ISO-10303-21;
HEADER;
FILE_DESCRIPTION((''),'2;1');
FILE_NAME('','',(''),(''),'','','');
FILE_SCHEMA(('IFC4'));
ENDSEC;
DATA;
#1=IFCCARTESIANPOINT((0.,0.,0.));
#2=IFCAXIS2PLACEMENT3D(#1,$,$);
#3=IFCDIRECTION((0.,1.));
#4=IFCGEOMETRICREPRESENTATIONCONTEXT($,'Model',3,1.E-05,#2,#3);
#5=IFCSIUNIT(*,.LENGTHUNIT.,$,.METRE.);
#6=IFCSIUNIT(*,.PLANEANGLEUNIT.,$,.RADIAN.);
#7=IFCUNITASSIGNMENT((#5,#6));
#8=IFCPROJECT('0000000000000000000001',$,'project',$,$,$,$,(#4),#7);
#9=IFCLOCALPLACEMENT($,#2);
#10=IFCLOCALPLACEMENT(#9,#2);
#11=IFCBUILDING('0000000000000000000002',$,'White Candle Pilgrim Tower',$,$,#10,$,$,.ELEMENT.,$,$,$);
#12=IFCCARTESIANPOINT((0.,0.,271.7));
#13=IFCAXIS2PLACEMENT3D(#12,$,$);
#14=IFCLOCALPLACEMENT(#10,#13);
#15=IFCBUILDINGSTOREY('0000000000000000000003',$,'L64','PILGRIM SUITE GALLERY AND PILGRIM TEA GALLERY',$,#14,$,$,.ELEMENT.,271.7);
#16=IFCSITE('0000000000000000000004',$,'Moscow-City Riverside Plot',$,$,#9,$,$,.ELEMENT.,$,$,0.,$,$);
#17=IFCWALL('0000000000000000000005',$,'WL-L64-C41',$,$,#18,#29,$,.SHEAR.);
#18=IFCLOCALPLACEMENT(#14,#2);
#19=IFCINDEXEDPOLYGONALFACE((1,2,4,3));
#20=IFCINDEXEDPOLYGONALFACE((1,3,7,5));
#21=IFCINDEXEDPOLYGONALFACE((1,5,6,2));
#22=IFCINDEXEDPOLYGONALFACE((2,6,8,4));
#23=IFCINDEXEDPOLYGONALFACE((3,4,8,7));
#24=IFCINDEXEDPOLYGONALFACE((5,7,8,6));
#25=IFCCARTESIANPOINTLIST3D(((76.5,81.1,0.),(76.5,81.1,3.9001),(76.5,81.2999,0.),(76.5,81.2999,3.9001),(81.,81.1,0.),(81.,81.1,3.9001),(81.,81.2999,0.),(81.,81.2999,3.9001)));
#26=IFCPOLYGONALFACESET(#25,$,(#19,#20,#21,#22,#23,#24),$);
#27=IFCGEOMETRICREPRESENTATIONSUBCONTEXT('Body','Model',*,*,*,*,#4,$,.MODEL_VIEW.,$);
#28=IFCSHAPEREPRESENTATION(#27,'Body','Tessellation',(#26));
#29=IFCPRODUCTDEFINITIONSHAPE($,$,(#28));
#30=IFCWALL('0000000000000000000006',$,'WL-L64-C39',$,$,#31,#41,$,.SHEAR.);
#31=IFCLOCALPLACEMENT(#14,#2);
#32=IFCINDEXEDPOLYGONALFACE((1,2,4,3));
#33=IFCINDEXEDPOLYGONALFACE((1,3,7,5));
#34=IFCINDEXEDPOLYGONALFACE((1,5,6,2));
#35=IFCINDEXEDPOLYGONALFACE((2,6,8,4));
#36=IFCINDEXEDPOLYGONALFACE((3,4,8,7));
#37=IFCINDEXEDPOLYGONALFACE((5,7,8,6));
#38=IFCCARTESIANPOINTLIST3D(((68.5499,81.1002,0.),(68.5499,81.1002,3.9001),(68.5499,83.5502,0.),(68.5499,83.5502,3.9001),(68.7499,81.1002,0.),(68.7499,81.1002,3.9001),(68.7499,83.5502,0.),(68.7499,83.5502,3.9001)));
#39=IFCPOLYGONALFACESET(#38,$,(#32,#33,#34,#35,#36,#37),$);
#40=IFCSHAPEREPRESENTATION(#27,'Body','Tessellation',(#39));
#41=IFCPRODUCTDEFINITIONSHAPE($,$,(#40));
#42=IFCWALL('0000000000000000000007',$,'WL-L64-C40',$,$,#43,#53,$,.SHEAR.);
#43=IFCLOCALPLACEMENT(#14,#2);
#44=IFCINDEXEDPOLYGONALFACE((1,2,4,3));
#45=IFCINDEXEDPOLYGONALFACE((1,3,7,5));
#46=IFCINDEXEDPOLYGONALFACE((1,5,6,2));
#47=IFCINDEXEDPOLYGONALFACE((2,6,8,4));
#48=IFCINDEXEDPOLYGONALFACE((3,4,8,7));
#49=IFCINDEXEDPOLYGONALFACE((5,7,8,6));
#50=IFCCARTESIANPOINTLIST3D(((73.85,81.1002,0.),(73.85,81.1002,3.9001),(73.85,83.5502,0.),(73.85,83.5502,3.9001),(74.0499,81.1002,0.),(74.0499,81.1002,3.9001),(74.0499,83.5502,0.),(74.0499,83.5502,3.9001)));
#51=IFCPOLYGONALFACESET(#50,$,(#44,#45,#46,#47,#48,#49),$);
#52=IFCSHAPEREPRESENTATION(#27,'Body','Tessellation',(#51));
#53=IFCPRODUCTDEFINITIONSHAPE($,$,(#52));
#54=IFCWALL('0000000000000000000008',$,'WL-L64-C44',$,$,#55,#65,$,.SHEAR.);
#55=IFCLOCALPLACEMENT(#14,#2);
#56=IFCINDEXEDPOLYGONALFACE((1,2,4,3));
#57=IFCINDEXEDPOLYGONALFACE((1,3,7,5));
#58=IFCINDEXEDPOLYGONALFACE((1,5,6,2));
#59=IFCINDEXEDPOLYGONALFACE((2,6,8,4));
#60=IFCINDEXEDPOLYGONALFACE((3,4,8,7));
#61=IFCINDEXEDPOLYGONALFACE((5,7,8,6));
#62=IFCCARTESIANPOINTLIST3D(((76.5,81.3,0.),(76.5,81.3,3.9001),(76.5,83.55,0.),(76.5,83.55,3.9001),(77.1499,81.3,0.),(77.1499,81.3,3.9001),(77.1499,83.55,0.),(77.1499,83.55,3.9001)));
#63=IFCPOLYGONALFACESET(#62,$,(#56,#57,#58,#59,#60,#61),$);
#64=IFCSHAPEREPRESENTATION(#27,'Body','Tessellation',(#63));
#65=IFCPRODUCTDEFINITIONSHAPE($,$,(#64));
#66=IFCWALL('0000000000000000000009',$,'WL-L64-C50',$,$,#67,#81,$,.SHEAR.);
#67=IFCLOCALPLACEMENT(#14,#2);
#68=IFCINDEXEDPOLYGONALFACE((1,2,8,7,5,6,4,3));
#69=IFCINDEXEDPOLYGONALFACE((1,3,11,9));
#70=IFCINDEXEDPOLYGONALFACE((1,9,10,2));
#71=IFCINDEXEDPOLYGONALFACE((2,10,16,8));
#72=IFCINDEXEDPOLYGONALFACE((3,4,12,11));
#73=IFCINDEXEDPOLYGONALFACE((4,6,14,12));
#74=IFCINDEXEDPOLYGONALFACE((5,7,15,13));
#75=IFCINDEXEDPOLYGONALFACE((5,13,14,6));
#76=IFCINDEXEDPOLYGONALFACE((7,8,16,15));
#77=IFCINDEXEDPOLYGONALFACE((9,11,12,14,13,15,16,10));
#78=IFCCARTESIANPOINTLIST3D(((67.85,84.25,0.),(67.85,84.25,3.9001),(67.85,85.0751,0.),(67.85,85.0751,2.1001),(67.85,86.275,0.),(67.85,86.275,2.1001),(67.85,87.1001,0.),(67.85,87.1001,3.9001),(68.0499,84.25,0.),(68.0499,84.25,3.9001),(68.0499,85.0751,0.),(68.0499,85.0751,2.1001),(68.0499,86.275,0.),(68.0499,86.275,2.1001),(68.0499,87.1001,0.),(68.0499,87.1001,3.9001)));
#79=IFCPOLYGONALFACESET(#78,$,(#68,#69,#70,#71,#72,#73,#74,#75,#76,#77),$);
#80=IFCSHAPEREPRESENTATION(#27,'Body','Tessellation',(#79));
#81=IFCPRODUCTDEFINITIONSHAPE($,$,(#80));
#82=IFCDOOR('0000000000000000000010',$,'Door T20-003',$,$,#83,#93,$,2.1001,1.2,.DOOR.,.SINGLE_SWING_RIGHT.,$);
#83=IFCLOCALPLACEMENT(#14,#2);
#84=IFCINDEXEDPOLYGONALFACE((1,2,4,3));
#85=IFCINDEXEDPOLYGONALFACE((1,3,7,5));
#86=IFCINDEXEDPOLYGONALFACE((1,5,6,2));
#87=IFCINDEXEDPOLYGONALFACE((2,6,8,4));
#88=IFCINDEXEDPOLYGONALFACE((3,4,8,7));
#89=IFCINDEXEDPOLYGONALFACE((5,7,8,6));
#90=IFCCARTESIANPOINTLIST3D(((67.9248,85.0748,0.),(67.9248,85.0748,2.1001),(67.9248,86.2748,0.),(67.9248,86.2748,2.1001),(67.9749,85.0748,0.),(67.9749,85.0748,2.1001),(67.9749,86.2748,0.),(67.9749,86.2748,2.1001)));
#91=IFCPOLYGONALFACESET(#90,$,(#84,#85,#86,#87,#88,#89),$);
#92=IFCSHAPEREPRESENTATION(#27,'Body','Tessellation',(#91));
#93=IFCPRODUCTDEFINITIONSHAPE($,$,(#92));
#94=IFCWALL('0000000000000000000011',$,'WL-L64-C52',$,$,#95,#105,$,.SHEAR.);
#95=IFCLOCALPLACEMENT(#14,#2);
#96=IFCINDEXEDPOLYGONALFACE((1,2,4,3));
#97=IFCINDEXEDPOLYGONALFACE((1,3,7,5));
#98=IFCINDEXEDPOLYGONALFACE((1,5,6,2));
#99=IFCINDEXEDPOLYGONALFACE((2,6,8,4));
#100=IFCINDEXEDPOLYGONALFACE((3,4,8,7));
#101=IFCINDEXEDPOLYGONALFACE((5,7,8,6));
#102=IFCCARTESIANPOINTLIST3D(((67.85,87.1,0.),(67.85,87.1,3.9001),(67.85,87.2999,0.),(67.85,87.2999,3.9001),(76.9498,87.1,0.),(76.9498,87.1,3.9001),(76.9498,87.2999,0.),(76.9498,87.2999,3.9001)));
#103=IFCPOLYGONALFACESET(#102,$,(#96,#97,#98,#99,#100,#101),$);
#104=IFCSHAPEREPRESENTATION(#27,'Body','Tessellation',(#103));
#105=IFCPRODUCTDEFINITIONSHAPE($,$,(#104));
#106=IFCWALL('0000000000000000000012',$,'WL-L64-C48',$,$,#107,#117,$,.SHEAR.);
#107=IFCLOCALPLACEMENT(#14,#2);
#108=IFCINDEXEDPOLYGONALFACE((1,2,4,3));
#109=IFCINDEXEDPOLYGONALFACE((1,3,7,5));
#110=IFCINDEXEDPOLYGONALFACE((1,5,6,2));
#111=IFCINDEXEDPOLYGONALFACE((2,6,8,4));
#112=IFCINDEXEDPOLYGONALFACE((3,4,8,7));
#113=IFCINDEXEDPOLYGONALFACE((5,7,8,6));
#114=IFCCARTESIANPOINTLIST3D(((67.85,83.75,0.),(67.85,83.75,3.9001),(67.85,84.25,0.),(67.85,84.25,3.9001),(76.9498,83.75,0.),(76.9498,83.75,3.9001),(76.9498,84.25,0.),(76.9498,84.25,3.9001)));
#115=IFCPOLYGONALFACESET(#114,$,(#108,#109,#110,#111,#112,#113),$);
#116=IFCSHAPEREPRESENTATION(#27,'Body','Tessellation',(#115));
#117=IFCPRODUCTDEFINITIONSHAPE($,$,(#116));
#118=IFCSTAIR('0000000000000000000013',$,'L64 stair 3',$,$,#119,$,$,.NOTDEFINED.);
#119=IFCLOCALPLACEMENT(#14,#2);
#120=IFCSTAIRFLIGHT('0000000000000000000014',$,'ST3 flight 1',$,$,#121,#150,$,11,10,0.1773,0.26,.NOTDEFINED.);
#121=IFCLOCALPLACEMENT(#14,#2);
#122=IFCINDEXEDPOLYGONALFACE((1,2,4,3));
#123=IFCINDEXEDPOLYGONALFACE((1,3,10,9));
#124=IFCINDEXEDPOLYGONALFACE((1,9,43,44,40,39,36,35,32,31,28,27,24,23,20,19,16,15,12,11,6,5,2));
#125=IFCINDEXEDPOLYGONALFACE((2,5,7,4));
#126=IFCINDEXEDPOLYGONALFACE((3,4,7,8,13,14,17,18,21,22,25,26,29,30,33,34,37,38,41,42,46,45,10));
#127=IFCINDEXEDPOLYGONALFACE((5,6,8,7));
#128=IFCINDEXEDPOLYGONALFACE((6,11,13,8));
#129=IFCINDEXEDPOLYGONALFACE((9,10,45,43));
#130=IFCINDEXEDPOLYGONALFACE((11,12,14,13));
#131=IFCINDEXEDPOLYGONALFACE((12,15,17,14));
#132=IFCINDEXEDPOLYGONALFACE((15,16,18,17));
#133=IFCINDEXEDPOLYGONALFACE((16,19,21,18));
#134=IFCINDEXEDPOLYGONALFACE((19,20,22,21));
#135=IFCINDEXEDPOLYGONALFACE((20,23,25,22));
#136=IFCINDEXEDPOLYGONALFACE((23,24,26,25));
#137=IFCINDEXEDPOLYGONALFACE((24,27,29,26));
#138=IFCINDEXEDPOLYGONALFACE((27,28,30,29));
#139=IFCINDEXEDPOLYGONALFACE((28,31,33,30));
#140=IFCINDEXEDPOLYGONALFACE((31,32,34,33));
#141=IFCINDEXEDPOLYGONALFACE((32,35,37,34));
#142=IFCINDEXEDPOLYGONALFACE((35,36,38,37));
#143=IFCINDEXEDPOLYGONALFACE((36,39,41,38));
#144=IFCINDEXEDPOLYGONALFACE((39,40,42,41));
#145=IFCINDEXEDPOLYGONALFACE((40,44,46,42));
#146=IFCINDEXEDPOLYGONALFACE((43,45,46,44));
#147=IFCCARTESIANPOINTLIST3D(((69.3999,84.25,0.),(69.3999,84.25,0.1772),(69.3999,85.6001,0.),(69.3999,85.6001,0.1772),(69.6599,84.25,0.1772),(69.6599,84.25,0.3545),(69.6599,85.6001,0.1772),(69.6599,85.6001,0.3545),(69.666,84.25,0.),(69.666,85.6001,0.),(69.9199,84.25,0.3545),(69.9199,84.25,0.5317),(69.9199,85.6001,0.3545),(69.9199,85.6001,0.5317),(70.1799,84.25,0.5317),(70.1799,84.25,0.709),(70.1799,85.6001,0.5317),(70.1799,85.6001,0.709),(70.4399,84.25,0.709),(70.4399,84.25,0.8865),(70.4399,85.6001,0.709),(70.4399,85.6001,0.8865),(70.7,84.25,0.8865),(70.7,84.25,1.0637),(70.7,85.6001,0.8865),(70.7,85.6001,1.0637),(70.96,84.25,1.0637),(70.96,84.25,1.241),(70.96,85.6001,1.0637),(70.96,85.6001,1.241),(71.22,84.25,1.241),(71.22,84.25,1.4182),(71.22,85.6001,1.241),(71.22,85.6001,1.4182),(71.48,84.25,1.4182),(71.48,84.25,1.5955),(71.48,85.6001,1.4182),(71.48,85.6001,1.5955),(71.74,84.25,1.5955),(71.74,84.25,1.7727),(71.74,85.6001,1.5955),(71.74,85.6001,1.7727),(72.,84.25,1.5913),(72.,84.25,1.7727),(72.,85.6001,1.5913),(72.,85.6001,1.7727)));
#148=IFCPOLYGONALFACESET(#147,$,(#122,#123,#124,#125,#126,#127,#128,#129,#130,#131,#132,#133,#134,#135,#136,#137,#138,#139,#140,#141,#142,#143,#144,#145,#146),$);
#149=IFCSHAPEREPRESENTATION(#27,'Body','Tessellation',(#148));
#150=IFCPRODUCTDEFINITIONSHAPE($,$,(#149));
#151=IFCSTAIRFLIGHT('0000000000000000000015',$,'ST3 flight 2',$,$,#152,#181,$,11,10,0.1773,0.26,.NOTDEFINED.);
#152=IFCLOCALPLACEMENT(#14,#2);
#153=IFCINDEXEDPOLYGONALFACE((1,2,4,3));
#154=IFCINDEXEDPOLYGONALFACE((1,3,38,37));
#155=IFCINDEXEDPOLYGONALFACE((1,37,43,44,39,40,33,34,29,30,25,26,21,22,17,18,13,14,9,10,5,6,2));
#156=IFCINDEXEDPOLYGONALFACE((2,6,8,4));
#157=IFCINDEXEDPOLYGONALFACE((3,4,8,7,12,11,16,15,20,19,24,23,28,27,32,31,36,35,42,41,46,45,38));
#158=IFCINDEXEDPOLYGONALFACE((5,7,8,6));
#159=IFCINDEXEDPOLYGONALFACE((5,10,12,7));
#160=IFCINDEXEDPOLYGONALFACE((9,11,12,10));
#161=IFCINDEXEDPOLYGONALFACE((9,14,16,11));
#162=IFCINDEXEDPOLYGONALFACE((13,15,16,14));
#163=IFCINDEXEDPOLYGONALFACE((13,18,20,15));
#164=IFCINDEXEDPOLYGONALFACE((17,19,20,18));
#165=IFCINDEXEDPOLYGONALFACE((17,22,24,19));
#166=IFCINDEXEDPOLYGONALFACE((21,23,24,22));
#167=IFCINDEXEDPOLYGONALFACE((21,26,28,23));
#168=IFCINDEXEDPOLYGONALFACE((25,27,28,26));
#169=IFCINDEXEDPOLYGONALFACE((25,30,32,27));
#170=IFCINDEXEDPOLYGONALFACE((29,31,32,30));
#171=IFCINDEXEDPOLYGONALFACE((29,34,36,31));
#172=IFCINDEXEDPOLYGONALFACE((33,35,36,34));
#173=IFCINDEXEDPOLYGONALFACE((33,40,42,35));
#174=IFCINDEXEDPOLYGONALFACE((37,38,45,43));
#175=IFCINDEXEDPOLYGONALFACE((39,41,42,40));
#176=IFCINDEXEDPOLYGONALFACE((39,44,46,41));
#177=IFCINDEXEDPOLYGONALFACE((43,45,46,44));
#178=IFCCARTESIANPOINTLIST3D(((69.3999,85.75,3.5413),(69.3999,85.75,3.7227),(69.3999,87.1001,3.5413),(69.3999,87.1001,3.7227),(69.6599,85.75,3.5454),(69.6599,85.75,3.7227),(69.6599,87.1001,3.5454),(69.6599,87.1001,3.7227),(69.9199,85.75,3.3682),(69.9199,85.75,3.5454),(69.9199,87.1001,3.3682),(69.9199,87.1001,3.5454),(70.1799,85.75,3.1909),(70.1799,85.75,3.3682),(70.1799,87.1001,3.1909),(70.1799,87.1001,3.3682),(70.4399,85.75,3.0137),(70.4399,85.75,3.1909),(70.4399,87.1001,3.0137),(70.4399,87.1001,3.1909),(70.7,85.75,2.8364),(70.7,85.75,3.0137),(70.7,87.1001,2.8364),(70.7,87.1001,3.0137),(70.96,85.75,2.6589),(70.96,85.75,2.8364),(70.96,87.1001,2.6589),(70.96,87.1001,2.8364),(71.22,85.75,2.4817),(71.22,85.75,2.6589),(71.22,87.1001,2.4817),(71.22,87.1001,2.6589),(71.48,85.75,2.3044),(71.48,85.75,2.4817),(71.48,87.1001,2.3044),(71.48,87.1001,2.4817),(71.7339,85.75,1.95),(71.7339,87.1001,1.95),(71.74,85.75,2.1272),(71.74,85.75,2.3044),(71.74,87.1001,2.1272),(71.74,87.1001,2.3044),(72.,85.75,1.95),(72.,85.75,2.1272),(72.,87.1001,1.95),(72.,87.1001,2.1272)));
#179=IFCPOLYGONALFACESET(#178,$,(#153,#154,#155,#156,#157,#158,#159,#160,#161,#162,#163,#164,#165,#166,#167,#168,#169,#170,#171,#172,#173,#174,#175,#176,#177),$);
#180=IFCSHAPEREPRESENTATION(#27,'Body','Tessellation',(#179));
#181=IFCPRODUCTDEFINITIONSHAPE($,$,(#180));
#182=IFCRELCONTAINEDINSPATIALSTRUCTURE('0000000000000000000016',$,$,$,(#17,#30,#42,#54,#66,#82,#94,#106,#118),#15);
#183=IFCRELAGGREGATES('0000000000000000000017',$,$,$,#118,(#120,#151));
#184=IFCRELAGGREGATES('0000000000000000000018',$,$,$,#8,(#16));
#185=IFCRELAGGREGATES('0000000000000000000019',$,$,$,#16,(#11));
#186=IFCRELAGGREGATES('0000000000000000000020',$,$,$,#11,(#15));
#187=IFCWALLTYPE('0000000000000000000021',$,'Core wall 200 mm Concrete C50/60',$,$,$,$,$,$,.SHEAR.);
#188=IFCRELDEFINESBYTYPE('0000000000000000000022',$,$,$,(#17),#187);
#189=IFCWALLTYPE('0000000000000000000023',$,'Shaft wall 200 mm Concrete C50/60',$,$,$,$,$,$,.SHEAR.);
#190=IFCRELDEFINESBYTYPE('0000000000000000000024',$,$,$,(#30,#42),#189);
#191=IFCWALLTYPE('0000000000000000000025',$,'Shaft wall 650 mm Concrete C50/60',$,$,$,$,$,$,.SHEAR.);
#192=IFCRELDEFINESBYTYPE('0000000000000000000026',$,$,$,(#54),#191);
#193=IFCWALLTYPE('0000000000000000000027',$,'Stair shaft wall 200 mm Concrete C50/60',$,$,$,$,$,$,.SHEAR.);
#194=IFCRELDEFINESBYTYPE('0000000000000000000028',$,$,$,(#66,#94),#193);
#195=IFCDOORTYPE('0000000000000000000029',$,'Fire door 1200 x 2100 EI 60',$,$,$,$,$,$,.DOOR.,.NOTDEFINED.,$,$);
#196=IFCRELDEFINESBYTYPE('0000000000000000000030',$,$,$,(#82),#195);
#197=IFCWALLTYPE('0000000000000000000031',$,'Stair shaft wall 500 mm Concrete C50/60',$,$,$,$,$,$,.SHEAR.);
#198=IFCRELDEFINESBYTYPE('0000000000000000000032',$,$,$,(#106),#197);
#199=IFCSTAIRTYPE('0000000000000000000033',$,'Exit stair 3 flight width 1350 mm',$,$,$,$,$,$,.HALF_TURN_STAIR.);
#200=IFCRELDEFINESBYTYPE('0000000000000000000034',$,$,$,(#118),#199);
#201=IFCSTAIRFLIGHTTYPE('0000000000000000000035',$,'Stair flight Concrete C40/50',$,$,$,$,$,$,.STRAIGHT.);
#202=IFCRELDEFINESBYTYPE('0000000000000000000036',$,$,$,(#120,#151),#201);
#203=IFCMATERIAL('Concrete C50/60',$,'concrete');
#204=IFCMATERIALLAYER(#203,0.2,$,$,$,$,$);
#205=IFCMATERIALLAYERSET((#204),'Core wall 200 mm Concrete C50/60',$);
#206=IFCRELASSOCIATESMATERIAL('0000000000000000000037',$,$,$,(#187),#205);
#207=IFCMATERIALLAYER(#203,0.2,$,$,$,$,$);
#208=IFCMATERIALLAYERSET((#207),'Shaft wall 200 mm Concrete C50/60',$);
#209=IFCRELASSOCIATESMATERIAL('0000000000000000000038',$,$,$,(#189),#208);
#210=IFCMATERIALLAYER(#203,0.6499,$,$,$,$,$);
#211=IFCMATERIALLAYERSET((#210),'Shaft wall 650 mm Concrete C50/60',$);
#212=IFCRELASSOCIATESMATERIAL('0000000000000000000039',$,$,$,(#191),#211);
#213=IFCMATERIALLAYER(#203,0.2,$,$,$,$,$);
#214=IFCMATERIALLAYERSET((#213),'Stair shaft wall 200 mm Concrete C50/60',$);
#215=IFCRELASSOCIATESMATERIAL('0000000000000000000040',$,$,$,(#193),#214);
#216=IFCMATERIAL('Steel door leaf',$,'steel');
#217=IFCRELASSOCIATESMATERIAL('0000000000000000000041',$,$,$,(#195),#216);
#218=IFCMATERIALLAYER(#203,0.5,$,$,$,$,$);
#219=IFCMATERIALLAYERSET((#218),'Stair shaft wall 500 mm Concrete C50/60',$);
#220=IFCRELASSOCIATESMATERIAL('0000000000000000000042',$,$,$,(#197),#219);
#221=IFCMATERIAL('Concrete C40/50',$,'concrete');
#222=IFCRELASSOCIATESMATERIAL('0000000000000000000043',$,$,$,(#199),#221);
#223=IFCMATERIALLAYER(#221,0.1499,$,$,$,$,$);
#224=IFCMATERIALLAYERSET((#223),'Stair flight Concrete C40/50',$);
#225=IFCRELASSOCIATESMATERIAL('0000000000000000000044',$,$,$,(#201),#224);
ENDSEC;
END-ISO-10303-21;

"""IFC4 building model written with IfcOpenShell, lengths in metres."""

from ifc_helpers import new_model, si_unit, direction, frame, frame_2d, origin, place, context, subcontext, project, spatial, polyline, rectangle, outline, extrude, material, layer, layer_set, type_object, element, fill, aggregate, save


model = new_model("IFC4")

# Units and contexts
model_context = context("Model", 3, precision=1e-05, world=origin(), true_north=direction((0.0, 1.0)))
body_context = subcontext(model_context, "Body", "Model", "MODEL_VIEW")
ifc_project = project(units=[si_unit("LENGTHUNIT", "METRE"), si_unit("PLANEANGLEUNIT", "RADIAN")], contexts=[model_context])

# Site, building, storey
site_placement = place(None, origin())
site = spatial("IfcSite", under=ifc_project, at=site_placement, Name="Moscow-City Riverside Plot", CompositionType="ELEMENT", RefElevation=0.0)
building_placement = place(site_placement, origin())
building = spatial("IfcBuilding", under=site, at=building_placement, Name="White Candle Pilgrim Tower", CompositionType="ELEMENT")
storey_placement = place(building_placement, frame((0.0, 0.0, 271.7)))
storey = spatial("IfcBuildingStorey", under=building, at=storey_placement, Name="L64", Description="PILGRIM SUITE GALLERY AND PILGRIM TEA GALLERY", CompositionType="ELEMENT", Elevation=271.7)

# Walls
ifc_material_1 = material(Name="Concrete C50/60", Category="concrete")
ifc_layer_1 = layer(ifc_material_1, 0.2)
ifc_layer_set_1 = layer_set([ifc_layer_1], Name="Core wall 200 mm Concrete C50/60")
wall_type_1 = type_object("IfcWallType", Name="Core wall 200 mm Concrete C50/60", PredefinedType="SHEAR", material=ifc_layer_set_1)
wall_1_placement = place(storey_placement, frame((76.5, 81.2, 0.0), z_axis=(0.0, 0.0, 1.0), x_axis=(1.0, 0.0, 0.0)))
element("IfcWall", 1, at=wall_1_placement, inside=storey, type_object=wall_type_1, Name="WL-L64-C41", PredefinedType="SHEAR", context=body_context, shape_type="SweptSolid", body=[
    extrude(rectangle(XDim=4.5, YDim=0.2, at=frame_2d((2.25, 0.0))), origin(), (0.0, 0.0, 1.0), 3.9001),
])
ifc_layer_2 = layer(ifc_material_1, 0.2)
ifc_layer_set_2 = layer_set([ifc_layer_2], Name="Shaft wall 200 mm Concrete C50/60")
wall_type_2 = type_object("IfcWallType", Name="Shaft wall 200 mm Concrete C50/60", PredefinedType="SHEAR", material=ifc_layer_set_2)
for number, where, z_axis, x_axis, name in (
    (2, (68.6499, 81.1001, 0.0), (0.0, 0.0, 1.0), (0.0, 1.0, 0.0), "WL-L64-C39"),
    (3, (73.95, 81.1001, 0.0), (0.0, 0.0, 1.0), (0.0, 1.0, 0.0), "WL-L64-C40"),
):
    element("IfcWall", number, at=place(storey_placement, frame(where, z_axis=z_axis, x_axis=x_axis)), inside=storey, type_object=wall_type_2, Name=name, PredefinedType="SHEAR", context=body_context, shape_type="SweptSolid", body=[
        extrude(rectangle(XDim=2.45, YDim=0.2, at=frame_2d((1.2251, 0.0))), origin(), (0.0, 0.0, 1.0), 3.9001),
    ])
ifc_layer_3 = layer(ifc_material_1, 0.6499)
ifc_layer_set_3 = layer_set([ifc_layer_3], Name="Shaft wall 650 mm Concrete C50/60")
wall_type_3 = type_object("IfcWallType", Name="Shaft wall 650 mm Concrete C50/60", PredefinedType="SHEAR", material=ifc_layer_set_3)
wall_2_placement = place(storey_placement, frame((76.825, 81.3, 0.0), z_axis=(0.0, 0.0, 1.0), x_axis=(0.0, 1.0, 0.0)))
element("IfcWall", 4, at=wall_2_placement, inside=storey, type_object=wall_type_3, Name="WL-L64-C44", PredefinedType="SHEAR", context=body_context, shape_type="SweptSolid", body=[
    extrude(rectangle(XDim=2.25, YDim=0.6499, at=frame_2d((1.125, 0.0))), origin(), (0.0, 0.0, 1.0), 3.9001),
])

# Wall, opening, door
ifc_layer_4 = layer(ifc_material_1, 0.2)
ifc_layer_set_4 = layer_set([ifc_layer_4], Name="Stair shaft wall 200 mm Concrete C50/60")
wall_type_4 = type_object("IfcWallType", Name="Stair shaft wall 200 mm Concrete C50/60", PredefinedType="SHEAR", material=ifc_layer_set_4)
wall_3_placement = place(storey_placement, frame((67.95, 84.25, 0.0), z_axis=(0.0, 0.0, 1.0), x_axis=(0.0, 1.0, 0.0)))
wall_3 = element("IfcWall", 5, at=wall_3_placement, inside=storey, type_object=wall_type_4, Name="WL-L64-C50", PredefinedType="SHEAR", context=body_context, shape_type="SweptSolid", body=[
    extrude(rectangle(XDim=2.8501, YDim=0.2, at=frame_2d((1.425, 0.0))), origin(), (0.0, 0.0, 1.0), 3.9001),
])
opening_placement = place(wall_3_placement, frame((0.825, 0.0, 0.0)))
opening = element("IfcOpeningElement", 6, at=opening_placement, cuts=wall_3, PredefinedType="OPENING", context=body_context, shape_type="SweptSolid", body=[
    extrude(rectangle(XDim=1.2, YDim=2.1001, at=frame_2d((0.6001, 1.05))), frame((0.0, 0.1099, 0.0), z_axis=(0.0, -1.0, 0.0), x_axis=(1.0, 0.0, 0.0)), (0.0, 0.0, 1.0), 0.22),
])
ifc_material_2 = material(Name="Steel door leaf", Category="steel")
door_type = type_object("IfcDoorType", Name="Fire door 1200 x 2100 EI 60", OperationType="NOTDEFINED", PredefinedType="DOOR", material=ifc_material_2)
door_placement = place(opening_placement, frame((1.2, 0.0, 0.0), z_axis=(0.0, 0.0, 1.0), x_axis=(-1.0, 0.0, 0.0)))
door = element("IfcDoor", 7, at=door_placement, inside=storey, type_object=door_type, Name="Door T20-003", OperationType="SINGLE_SWING_RIGHT", OverallHeight=2.1001, OverallWidth=1.2, PredefinedType="DOOR", context=body_context, shape_type="SweptSolid", body=[
    extrude(rectangle(XDim=1.2, YDim=2.1001, at=frame_2d((0.6001, 1.05))), frame((0.0, 0.0249, 0.0), z_axis=(0.0, -1.0, 0.0), x_axis=(1.0, 0.0, 0.0)), (0.0, 0.0, 1.0), 0.05),
])
fill(opening, door)

# Walls
wall_4_placement = place(storey_placement, frame((67.8501, 87.2, 0.0), z_axis=(0.0, 0.0, 1.0), x_axis=(1.0, 0.0, 0.0)))
element("IfcWall", 8, at=wall_4_placement, inside=storey, type_object=wall_type_4, Name="WL-L64-C52", PredefinedType="SHEAR", context=body_context, shape_type="SweptSolid", body=[
    extrude(rectangle(XDim=9.0999, YDim=0.2, at=frame_2d((4.5498, 0.0))), origin(), (0.0, 0.0, 1.0), 3.9001),
])
ifc_layer_5 = layer(ifc_material_1, 0.5)
ifc_layer_set_5 = layer_set([ifc_layer_5], Name="Stair shaft wall 500 mm Concrete C50/60")
wall_type_5 = type_object("IfcWallType", Name="Stair shaft wall 500 mm Concrete C50/60", PredefinedType="SHEAR", material=ifc_layer_set_5)
wall_5_placement = place(storey_placement, frame((67.8501, 84.0, 0.0), z_axis=(0.0, 0.0, 1.0), x_axis=(1.0, 0.0, 0.0)))
element("IfcWall", 9, at=wall_5_placement, inside=storey, type_object=wall_type_5, Name="WL-L64-C48", PredefinedType="SHEAR", context=body_context, shape_type="SweptSolid", body=[
    extrude(rectangle(XDim=9.0999, YDim=0.5, at=frame_2d((4.5498, 0.0))), origin(), (0.0, 0.0, 1.0), 3.9001),
])

# Stair, stair flights
ifc_material_3 = material(Name="Concrete C40/50", Category="concrete")
stair_type = type_object("IfcStairType", Name="Exit stair 3 flight width 1350 mm", PredefinedType="HALF_TURN_STAIR", material=ifc_material_3)
stair_placement = place(storey_placement, origin())
stair = element("IfcStair", 10, at=stair_placement, inside=storey, type_object=stair_type, Name="L64 stair 3", PredefinedType="NOTDEFINED")
ifc_layer_6 = layer(ifc_material_3, 0.1499)
ifc_layer_set_6 = layer_set([ifc_layer_6], Name="Stair flight Concrete C40/50")
stair_flight_type = type_object("IfcStairFlightType", Name="Stair flight Concrete C40/50", PredefinedType="STRAIGHT", material=ifc_layer_set_6)
stair_flight_1_placement = place(storey_placement, frame((69.3999, 84.925, 0.0), z_axis=(0.0, 0.0, 1.0), x_axis=(1.0, 0.0, 0.0)))
stair_flight_1 = element("IfcStairFlight", 11, at=stair_flight_1_placement, type_object=stair_flight_type, Name="ST3 flight 1", NumberOfRisers=11, NumberOfTreads=10, PredefinedType="NOTDEFINED", RiserHeight=0.1773, TreadLength=0.26, context=body_context, shape_type="SweptSolid", body=[
    extrude(outline(polyline([(0.0, 0.0), (0.0, 0.1772), (0.26, 0.1772), (0.26, 0.3545), (0.52, 0.3545), (0.52, 0.5317), (0.78, 0.5317), (0.78, 0.709), (1.04, 0.709), (1.04, 0.8865), (1.3, 0.8865), (1.3, 1.0637), (1.5601, 1.0637), (1.5601, 1.241), (1.8201, 1.241), (1.8201, 1.4182), (2.0801, 1.4182), (2.0801, 1.5955), (2.3401, 1.5955), (2.3401, 1.7727), (2.6001, 1.7727), (2.6001, 1.95), (2.6001, 1.5913), (0.2661, 0.0), (0.0, 0.0)])), frame((0.0, 0.675, 0.0), z_axis=(0.0, -1.0, 0.0), x_axis=(1.0, 0.0, 0.0)), (0.0, 0.0, 1.0), 1.3501),
])
stair_flight_2_placement = place(storey_placement, frame((72.0, 86.425, 1.95), z_axis=(0.0, 0.0, 1.0), x_axis=(-1.0, 0.0, 0.0)))
stair_flight_2 = element("IfcStairFlight", 12, at=stair_flight_2_placement, type_object=stair_flight_type, Name="ST3 flight 2", NumberOfRisers=11, NumberOfTreads=10, PredefinedType="NOTDEFINED", RiserHeight=0.1773, TreadLength=0.26, context=body_context, shape_type="SweptSolid", body=[
    extrude(outline(polyline([(0.0, 0.0), (0.0, 0.1772), (0.26, 0.1772), (0.26, 0.3545), (0.52, 0.3545), (0.52, 0.5317), (0.78, 0.5317), (0.78, 0.709), (1.04, 0.709), (1.04, 0.8865), (1.3, 0.8865), (1.3, 1.0637), (1.5601, 1.0637), (1.5601, 1.241), (1.8201, 1.241), (1.8201, 1.4182), (2.0801, 1.4182), (2.0801, 1.5955), (2.3401, 1.5955), (2.3401, 1.7727), (2.6001, 1.7727), (2.6001, 1.95), (2.6001, 1.5913), (0.2661, 0.0), (0.0, 0.0)])), frame((0.0, 0.675, 0.0), z_axis=(0.0, -1.0, 0.0), x_axis=(1.0, 0.0, 0.0)), (0.0, 0.0, 1.0), 1.3501),
])
aggregate(stair, [stair_flight_1, stair_flight_2])

save(model, "model.ifc")
